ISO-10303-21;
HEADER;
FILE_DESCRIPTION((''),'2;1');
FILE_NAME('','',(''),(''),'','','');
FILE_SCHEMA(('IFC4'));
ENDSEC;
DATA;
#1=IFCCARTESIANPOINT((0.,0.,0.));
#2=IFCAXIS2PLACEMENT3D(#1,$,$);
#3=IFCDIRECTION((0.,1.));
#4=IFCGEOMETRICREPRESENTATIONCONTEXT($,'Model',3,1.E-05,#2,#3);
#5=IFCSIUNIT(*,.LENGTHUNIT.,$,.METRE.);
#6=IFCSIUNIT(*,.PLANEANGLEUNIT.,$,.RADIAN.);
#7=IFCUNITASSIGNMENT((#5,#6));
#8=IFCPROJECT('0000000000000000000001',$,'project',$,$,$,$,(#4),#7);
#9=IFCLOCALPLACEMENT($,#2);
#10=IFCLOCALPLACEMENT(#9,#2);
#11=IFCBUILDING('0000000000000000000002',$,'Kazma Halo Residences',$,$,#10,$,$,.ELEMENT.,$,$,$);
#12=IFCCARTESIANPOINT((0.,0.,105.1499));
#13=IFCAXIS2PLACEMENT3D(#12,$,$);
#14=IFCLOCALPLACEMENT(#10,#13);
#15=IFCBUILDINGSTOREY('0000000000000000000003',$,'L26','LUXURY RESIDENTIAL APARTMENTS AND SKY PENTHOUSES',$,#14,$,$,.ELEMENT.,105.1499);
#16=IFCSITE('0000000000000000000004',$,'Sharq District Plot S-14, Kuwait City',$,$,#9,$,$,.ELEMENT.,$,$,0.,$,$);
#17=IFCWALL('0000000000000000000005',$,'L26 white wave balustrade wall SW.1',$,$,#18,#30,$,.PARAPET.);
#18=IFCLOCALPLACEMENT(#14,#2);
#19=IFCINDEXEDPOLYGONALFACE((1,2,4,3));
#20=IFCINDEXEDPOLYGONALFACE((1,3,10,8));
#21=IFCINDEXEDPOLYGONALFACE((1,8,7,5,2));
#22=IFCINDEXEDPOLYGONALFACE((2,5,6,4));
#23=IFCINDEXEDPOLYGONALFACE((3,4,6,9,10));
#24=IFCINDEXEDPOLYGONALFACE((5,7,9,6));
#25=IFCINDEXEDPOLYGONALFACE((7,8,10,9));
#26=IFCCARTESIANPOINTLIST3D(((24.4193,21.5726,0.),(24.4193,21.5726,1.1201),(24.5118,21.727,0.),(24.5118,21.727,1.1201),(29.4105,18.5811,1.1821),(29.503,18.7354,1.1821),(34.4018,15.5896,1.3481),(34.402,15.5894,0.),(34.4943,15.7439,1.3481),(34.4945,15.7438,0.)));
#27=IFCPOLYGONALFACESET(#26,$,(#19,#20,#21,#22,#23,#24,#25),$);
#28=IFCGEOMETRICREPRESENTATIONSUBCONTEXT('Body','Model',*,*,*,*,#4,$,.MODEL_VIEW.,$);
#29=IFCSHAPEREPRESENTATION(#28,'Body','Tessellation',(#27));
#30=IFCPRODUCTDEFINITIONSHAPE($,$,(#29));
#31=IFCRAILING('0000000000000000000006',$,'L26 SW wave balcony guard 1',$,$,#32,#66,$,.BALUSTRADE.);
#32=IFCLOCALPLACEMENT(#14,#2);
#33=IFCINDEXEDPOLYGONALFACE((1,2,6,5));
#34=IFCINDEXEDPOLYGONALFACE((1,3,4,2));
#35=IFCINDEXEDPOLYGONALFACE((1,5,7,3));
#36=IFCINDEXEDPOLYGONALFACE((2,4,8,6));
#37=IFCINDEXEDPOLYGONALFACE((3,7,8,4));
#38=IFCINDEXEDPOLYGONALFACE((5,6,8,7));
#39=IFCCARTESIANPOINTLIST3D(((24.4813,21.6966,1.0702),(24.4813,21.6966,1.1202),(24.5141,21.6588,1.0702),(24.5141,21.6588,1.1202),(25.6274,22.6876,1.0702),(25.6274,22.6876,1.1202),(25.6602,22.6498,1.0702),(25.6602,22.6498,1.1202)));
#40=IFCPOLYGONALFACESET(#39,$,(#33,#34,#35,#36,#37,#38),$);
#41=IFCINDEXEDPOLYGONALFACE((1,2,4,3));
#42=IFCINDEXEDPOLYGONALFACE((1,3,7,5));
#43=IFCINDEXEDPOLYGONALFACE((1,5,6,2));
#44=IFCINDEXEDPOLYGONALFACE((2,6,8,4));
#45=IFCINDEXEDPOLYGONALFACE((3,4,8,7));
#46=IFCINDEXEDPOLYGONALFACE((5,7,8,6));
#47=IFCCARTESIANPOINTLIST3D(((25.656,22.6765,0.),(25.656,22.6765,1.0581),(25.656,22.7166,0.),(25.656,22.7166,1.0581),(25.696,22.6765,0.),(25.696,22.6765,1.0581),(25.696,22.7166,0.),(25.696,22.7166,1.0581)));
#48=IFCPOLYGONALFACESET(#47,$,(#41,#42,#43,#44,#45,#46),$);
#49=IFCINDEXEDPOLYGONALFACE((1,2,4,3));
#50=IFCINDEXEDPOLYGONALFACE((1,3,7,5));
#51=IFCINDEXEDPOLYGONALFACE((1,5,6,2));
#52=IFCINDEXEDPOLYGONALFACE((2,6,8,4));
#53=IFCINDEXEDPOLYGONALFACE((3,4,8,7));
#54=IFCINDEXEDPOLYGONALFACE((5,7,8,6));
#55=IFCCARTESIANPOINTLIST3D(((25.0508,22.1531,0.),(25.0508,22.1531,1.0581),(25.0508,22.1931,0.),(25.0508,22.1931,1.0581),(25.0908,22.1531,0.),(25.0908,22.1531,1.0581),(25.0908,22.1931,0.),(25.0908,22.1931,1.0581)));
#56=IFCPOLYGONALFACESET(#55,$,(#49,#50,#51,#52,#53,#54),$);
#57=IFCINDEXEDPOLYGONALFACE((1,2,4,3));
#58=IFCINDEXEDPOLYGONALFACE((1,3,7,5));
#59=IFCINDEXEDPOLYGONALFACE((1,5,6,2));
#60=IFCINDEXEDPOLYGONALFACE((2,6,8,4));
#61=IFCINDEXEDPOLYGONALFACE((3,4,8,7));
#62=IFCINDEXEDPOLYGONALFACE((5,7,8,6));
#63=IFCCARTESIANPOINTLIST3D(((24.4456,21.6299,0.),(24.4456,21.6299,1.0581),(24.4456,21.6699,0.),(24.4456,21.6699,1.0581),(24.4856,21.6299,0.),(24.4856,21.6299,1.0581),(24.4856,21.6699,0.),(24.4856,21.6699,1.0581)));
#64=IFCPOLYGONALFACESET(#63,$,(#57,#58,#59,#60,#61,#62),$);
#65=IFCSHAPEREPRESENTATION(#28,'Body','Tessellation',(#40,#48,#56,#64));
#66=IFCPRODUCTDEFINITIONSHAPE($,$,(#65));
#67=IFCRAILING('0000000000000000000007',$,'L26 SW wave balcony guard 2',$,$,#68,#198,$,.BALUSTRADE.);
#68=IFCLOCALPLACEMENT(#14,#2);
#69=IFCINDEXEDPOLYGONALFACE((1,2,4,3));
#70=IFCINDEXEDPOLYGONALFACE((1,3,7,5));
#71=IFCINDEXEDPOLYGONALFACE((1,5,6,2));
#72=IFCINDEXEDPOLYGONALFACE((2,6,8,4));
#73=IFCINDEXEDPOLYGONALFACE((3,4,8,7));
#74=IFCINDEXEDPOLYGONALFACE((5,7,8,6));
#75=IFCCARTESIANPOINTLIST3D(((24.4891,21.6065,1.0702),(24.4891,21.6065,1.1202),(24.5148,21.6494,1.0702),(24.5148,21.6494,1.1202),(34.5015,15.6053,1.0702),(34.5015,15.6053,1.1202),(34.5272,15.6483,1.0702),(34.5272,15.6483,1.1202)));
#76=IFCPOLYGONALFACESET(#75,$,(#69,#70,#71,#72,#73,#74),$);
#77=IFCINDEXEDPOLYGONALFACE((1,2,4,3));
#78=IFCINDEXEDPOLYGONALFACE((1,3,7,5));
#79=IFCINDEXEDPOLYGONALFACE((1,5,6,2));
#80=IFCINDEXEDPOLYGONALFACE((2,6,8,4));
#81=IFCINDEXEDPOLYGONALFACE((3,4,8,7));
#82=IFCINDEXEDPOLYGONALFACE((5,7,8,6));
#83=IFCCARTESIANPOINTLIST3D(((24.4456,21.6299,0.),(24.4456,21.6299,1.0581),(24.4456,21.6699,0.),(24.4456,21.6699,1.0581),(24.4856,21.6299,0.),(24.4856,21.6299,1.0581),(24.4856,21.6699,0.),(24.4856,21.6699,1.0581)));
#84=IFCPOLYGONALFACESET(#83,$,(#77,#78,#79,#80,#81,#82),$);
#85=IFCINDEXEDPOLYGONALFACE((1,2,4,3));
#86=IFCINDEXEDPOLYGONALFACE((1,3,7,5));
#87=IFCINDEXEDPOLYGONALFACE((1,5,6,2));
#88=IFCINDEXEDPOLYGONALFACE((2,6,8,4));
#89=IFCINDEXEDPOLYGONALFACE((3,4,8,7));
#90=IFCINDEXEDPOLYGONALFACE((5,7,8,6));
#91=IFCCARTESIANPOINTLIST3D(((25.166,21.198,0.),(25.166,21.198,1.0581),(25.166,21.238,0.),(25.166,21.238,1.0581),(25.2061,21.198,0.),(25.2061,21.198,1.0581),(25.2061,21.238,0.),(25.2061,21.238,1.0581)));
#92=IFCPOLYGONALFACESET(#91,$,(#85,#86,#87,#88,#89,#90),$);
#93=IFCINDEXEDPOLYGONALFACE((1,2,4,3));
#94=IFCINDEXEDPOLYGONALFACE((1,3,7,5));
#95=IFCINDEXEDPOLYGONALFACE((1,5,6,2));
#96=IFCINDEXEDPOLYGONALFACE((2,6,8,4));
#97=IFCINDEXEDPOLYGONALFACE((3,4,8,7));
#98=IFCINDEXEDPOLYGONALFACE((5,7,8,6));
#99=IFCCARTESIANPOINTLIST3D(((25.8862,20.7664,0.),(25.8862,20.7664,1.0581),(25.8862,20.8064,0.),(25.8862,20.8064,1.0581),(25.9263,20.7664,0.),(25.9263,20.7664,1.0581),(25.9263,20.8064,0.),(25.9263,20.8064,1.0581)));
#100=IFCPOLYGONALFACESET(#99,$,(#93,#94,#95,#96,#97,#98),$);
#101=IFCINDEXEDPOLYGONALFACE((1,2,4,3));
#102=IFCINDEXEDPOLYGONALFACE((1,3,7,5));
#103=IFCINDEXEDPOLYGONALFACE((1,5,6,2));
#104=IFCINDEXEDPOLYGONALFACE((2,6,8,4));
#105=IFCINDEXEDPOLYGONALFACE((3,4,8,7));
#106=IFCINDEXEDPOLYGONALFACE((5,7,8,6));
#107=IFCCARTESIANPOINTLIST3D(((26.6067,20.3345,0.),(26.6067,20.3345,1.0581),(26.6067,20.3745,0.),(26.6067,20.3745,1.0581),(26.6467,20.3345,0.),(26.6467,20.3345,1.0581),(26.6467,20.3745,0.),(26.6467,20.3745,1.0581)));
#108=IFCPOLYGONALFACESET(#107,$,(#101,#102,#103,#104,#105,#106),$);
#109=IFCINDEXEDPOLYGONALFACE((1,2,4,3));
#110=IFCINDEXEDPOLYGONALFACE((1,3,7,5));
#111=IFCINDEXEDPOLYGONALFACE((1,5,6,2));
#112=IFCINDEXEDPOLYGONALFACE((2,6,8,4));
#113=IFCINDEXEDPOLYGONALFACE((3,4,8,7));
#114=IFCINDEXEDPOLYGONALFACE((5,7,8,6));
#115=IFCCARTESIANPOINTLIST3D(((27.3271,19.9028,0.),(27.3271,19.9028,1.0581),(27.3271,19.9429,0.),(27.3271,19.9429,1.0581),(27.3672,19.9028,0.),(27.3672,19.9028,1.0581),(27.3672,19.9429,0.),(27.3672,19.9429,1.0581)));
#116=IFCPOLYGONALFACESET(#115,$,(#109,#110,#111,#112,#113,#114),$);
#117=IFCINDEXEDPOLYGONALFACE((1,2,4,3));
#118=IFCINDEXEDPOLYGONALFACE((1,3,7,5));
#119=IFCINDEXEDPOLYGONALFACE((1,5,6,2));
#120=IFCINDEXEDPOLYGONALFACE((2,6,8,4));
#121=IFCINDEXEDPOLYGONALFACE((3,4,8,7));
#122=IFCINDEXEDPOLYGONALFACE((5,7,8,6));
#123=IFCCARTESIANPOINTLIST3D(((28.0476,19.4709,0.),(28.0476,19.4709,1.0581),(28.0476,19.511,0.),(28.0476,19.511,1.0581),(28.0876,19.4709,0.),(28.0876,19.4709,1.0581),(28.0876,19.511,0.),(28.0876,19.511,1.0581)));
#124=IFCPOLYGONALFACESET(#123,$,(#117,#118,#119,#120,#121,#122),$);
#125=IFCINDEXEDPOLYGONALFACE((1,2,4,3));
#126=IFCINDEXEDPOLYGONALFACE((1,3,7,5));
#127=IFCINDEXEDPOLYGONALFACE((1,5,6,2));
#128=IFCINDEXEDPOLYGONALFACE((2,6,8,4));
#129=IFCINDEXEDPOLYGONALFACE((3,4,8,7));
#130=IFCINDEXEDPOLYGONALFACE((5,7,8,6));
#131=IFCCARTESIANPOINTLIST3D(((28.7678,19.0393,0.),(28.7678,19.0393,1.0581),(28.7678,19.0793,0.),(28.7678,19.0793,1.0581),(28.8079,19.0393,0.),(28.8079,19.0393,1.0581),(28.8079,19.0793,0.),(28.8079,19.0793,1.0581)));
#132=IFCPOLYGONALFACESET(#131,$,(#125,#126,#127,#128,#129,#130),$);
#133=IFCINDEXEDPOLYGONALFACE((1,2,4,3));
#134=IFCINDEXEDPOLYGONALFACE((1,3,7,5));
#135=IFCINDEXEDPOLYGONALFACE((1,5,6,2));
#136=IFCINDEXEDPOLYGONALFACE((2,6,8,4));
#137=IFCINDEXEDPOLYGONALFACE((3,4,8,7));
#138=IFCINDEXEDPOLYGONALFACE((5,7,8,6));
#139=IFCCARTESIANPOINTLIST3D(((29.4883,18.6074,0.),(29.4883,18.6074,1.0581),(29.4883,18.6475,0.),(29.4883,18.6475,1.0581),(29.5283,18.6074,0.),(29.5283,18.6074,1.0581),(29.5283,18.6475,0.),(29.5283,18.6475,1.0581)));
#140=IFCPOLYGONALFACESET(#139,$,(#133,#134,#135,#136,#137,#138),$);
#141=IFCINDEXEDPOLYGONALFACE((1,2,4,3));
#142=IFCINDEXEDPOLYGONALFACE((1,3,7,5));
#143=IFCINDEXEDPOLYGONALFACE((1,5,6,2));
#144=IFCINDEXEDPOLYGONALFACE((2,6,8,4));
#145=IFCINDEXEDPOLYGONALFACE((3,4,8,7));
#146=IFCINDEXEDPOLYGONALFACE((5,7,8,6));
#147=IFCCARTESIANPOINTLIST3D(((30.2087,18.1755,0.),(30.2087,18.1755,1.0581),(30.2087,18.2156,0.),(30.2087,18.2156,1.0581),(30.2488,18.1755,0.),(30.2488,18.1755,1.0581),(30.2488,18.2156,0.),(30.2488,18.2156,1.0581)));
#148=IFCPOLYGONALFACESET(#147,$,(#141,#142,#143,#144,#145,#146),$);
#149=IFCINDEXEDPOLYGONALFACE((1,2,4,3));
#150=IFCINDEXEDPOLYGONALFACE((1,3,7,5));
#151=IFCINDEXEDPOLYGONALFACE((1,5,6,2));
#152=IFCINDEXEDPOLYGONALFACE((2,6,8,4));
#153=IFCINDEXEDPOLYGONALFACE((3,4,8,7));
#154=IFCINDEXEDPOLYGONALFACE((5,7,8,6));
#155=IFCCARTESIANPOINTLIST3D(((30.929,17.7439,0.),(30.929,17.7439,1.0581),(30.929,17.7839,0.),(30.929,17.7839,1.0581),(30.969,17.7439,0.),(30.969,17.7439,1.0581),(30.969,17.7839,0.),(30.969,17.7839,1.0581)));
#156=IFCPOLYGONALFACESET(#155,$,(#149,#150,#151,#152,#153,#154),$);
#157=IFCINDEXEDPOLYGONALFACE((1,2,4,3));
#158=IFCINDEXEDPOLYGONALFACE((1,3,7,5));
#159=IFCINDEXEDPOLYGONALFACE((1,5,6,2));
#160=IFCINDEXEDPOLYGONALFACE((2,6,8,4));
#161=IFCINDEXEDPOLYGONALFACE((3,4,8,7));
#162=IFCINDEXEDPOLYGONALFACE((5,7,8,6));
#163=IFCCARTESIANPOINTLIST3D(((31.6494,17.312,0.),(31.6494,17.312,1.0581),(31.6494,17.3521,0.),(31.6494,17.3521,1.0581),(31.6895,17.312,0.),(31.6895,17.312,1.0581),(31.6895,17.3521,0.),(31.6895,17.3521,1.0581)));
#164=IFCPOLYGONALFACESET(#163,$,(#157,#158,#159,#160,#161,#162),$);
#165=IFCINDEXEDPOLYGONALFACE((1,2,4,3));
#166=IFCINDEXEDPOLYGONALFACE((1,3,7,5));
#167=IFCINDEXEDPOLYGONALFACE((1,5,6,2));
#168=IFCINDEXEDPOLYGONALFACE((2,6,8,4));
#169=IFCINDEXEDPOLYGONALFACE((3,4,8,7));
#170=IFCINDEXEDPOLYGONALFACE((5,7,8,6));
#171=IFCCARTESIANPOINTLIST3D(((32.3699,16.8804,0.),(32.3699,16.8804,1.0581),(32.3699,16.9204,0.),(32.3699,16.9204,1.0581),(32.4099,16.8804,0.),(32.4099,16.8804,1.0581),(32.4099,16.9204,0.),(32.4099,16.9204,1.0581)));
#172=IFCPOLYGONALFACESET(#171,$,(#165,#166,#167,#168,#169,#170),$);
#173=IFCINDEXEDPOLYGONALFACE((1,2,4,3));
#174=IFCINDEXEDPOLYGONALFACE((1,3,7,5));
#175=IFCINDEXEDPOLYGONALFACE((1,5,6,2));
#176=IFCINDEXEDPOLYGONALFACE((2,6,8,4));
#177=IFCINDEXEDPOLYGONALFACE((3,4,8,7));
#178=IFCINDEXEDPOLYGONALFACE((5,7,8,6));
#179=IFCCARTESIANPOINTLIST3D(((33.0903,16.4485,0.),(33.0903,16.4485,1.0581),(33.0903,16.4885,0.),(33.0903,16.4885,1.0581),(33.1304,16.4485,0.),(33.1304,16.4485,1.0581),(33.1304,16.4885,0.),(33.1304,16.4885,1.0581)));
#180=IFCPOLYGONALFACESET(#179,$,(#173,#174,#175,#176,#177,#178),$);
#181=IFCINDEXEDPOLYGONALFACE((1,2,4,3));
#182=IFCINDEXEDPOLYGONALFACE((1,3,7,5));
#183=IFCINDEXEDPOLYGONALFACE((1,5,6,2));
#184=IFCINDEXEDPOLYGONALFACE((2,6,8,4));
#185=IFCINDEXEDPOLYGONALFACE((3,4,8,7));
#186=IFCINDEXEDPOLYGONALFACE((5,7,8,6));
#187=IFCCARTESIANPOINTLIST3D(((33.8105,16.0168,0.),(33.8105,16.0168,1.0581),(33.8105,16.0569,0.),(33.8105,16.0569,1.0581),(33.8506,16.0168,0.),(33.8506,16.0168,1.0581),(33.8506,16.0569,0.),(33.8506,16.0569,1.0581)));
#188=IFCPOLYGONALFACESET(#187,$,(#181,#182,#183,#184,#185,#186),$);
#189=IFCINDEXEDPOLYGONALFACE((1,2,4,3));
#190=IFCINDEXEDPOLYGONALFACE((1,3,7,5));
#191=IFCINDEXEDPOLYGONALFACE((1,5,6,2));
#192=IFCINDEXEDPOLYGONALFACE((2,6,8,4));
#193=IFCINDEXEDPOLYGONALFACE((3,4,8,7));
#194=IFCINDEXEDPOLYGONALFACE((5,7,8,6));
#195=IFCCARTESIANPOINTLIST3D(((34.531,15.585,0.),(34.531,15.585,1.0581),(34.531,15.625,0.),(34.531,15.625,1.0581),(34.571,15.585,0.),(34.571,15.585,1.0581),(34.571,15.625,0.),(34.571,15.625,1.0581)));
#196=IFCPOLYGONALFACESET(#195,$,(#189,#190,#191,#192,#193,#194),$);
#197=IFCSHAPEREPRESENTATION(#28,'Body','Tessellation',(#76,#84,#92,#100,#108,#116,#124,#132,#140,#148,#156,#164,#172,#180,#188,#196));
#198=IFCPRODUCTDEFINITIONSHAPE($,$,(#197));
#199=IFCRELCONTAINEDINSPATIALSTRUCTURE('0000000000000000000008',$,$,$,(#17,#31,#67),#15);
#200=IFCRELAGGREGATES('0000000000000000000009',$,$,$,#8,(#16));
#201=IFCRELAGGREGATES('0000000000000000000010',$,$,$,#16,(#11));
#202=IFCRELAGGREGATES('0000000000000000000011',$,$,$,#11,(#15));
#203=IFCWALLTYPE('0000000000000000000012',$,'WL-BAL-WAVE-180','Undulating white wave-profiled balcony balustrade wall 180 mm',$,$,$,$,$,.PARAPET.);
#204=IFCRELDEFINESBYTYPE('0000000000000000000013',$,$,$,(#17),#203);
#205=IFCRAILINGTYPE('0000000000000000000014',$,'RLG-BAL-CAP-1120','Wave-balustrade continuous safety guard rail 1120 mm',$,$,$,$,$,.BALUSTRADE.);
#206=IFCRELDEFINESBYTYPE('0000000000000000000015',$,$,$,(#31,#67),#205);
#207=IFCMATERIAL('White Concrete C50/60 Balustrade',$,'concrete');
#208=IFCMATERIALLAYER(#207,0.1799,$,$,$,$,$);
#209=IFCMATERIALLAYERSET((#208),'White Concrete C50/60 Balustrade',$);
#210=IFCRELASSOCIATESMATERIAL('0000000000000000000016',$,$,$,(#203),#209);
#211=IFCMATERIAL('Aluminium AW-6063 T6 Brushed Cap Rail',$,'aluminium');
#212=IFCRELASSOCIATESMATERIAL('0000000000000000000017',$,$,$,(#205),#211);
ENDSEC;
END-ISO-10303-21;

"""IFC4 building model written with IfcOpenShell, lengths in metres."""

from ifc_helpers import new_model, si_unit, direction, frame, origin, origin_2d, place, context, subcontext, project, spatial, polyline, rectangle, outline, extrude, material, layer, layer_set, type_object, element, save


model = new_model("IFC4")

# Units and contexts
model_context = context("Model", 3, precision=1e-05, world=origin(), true_north=direction((0.0, 1.0)))
body_context = subcontext(model_context, "Body", "Model", "MODEL_VIEW")
ifc_project = project(units=[si_unit("LENGTHUNIT", "METRE"), si_unit("PLANEANGLEUNIT", "RADIAN")], contexts=[model_context])

# Site, building, storey
site_placement = place(None, origin())
site = spatial("IfcSite", under=ifc_project, at=site_placement, Name="Sharq District Plot S-14, Kuwait City", CompositionType="ELEMENT", RefElevation=0.0)
building_placement = place(site_placement, origin())
building = spatial("IfcBuilding", under=site, at=building_placement, Name="Kazma Halo Residences", CompositionType="ELEMENT")
storey_placement = place(building_placement, frame((0.0, 0.0, 105.1499)))
storey = spatial("IfcBuildingStorey", under=building, at=storey_placement, Name="L26", Description="LUXURY RESIDENTIAL APARTMENTS AND SKY PENTHOUSES", CompositionType="ELEMENT", Elevation=105.1499)

# Wall
ifc_material_1 = material(Name="White Concrete C50/60 Balustrade", Category="concrete")
ifc_layer_1 = layer(ifc_material_1, 0.1799)
ifc_layer_set_1 = layer_set([ifc_layer_1], Name="White Concrete C50/60 Balustrade")
wall_type_1 = type_object("IfcWallType", Name="WL-BAL-WAVE-180", Description="Undulating white wave-profiled balcony balustrade wall 180 mm", PredefinedType="PARAPET", material=ifc_layer_set_1)
wall_1_placement = place(storey_placement, frame((24.4656, 21.6499, 0.0), z_axis=(0.0, 0.0, 1.0), x_axis=(0.857737, -0.514088, 0.0)))
element("IfcWall", 1, at=wall_1_placement, inside=storey, type_object=wall_type_1, Name="L26 white wave balustrade wall SW.1", PredefinedType="PARAPET", context=body_context, shape_type="SweptSolid", body=[
    extrude(outline(polyline([(0.0, 0.0), (11.6384, 0.0), (11.6382, 1.3481), (5.8191, 1.1821), (0.0, 1.1201), (0.0, 0.0)])), frame((0.0, 0.0898, 0.0), z_axis=(0.0, -1.0, 0.0), x_axis=(1.0, 0.0, 0.0)), (0.0, 0.0, 1.0), 0.1799),
])

# Railings
ifc_material_2 = material(Name="Aluminium AW-6063 T6 Brushed Cap Rail", Category="aluminium")
railing_type = type_object("IfcRailingType", Name="RLG-BAL-CAP-1120", Description="Wave-balustrade continuous safety guard rail 1120 mm", PredefinedType="BALUSTRADE", material=ifc_material_2)
railing_1_placement = place(storey_placement, frame((25.676, 22.6965, 0.0)))
element("IfcRailing", 2, at=railing_1_placement, inside=storey, type_object=railing_type, Name="L26 SW wave balcony guard 1", PredefinedType="BALUSTRADE", context=body_context, shape_type="SweptSolid", body=[
    extrude(rectangle(XDim=0.05, YDim=0.05, at=origin_2d()), frame((-0.0322, -0.0278, 1.0952), z_axis=(-0.756439, -0.654065, 0.0), x_axis=(0.654065, -0.756439, 0.0)), (0.0, 0.0, 1.0), 1.5151),
    extrude(rectangle(XDim=0.04, YDim=0.04, at=origin_2d()), origin(), (0.0, 0.0, 1.0), 1.0581),
    extrude(rectangle(XDim=0.04, YDim=0.04, at=origin_2d()), frame((-0.6052, -0.5234, 0.0)), (0.0, 0.0, 1.0), 1.0581),
    extrude(rectangle(XDim=0.04, YDim=0.04, at=origin_2d()), frame((-1.2104, -1.0466, 0.0)), (0.0, 0.0, 1.0), 1.0581),
])
railing_2_placement = place(storey_placement, frame((24.4656, 21.6499, 0.0)))
element("IfcRailing", 3, at=railing_2_placement, inside=storey, type_object=railing_type, Name="L26 SW wave balcony guard 2", PredefinedType="BALUSTRADE", context=body_context, shape_type="SweptSolid", body=[
    extrude(rectangle(XDim=0.05, YDim=0.05, at=origin_2d()), frame((0.0364, -0.022, 1.0952), z_axis=(0.857731, -0.514099, 0.0), x_axis=(0.514099, 0.857731, 0.0)), (0.0, 0.0, 1.0), 11.6731),
    extrude(rectangle(XDim=0.04, YDim=0.04, at=origin_2d()), origin(), (0.0, 0.0, 1.0), 1.0581),
    extrude(rectangle(XDim=0.04, YDim=0.04, at=origin_2d()), frame((0.7205, -0.4319, 0.0)), (0.0, 0.0, 1.0), 1.0581),
    extrude(rectangle(XDim=0.04, YDim=0.04, at=origin_2d()), frame((1.4407, -0.8635, 0.0)), (0.0, 0.0, 1.0), 1.0581),
    extrude(rectangle(XDim=0.04, YDim=0.04, at=origin_2d()), frame((2.1611, -1.2954, 0.0)), (0.0, 0.0, 1.0), 1.0581),
    extrude(rectangle(XDim=0.04, YDim=0.04, at=origin_2d()), frame((2.8816, -1.7271, 0.0)), (0.0, 0.0, 1.0), 1.0581),
    extrude(rectangle(XDim=0.04, YDim=0.04, at=origin_2d()), frame((3.6021, -2.1589, 0.0)), (0.0, 0.0, 1.0), 1.0581),
    extrude(rectangle(XDim=0.04, YDim=0.04, at=origin_2d()), frame((4.3223, -2.5906, 0.0)), (0.0, 0.0, 1.0), 1.0581),
    extrude(rectangle(XDim=0.04, YDim=0.04, at=origin_2d()), frame((5.0427, -3.0225, 0.0)), (0.0, 0.0, 1.0), 1.0581),
    extrude(rectangle(XDim=0.04, YDim=0.04, at=origin_2d()), frame((5.7632, -3.4543, 0.0)), (0.0, 0.0, 1.0), 1.0581),
    extrude(rectangle(XDim=0.04, YDim=0.04, at=origin_2d()), frame((6.4834, -3.886, 0.0)), (0.0, 0.0, 1.0), 1.0581),
    extrude(rectangle(XDim=0.04, YDim=0.04, at=origin_2d()), frame((7.2039, -4.3179, 0.0)), (0.0, 0.0, 1.0), 1.0581),
    extrude(rectangle(XDim=0.04, YDim=0.04, at=origin_2d()), frame((7.9243, -4.7495, 0.0)), (0.0, 0.0, 1.0), 1.0581),
    extrude(rectangle(XDim=0.04, YDim=0.04, at=origin_2d()), frame((8.6448, -5.1814, 0.0)), (0.0, 0.0, 1.0), 1.0581),
    extrude(rectangle(XDim=0.04, YDim=0.04, at=origin_2d()), frame((9.365, -5.613, 0.0)), (0.0, 0.0, 1.0), 1.0581),
    extrude(rectangle(XDim=0.04, YDim=0.04, at=origin_2d()), frame((10.0854, -6.0449, 0.0)), (0.0, 0.0, 1.0), 1.0581),
])

save(model, "model.ifc")
